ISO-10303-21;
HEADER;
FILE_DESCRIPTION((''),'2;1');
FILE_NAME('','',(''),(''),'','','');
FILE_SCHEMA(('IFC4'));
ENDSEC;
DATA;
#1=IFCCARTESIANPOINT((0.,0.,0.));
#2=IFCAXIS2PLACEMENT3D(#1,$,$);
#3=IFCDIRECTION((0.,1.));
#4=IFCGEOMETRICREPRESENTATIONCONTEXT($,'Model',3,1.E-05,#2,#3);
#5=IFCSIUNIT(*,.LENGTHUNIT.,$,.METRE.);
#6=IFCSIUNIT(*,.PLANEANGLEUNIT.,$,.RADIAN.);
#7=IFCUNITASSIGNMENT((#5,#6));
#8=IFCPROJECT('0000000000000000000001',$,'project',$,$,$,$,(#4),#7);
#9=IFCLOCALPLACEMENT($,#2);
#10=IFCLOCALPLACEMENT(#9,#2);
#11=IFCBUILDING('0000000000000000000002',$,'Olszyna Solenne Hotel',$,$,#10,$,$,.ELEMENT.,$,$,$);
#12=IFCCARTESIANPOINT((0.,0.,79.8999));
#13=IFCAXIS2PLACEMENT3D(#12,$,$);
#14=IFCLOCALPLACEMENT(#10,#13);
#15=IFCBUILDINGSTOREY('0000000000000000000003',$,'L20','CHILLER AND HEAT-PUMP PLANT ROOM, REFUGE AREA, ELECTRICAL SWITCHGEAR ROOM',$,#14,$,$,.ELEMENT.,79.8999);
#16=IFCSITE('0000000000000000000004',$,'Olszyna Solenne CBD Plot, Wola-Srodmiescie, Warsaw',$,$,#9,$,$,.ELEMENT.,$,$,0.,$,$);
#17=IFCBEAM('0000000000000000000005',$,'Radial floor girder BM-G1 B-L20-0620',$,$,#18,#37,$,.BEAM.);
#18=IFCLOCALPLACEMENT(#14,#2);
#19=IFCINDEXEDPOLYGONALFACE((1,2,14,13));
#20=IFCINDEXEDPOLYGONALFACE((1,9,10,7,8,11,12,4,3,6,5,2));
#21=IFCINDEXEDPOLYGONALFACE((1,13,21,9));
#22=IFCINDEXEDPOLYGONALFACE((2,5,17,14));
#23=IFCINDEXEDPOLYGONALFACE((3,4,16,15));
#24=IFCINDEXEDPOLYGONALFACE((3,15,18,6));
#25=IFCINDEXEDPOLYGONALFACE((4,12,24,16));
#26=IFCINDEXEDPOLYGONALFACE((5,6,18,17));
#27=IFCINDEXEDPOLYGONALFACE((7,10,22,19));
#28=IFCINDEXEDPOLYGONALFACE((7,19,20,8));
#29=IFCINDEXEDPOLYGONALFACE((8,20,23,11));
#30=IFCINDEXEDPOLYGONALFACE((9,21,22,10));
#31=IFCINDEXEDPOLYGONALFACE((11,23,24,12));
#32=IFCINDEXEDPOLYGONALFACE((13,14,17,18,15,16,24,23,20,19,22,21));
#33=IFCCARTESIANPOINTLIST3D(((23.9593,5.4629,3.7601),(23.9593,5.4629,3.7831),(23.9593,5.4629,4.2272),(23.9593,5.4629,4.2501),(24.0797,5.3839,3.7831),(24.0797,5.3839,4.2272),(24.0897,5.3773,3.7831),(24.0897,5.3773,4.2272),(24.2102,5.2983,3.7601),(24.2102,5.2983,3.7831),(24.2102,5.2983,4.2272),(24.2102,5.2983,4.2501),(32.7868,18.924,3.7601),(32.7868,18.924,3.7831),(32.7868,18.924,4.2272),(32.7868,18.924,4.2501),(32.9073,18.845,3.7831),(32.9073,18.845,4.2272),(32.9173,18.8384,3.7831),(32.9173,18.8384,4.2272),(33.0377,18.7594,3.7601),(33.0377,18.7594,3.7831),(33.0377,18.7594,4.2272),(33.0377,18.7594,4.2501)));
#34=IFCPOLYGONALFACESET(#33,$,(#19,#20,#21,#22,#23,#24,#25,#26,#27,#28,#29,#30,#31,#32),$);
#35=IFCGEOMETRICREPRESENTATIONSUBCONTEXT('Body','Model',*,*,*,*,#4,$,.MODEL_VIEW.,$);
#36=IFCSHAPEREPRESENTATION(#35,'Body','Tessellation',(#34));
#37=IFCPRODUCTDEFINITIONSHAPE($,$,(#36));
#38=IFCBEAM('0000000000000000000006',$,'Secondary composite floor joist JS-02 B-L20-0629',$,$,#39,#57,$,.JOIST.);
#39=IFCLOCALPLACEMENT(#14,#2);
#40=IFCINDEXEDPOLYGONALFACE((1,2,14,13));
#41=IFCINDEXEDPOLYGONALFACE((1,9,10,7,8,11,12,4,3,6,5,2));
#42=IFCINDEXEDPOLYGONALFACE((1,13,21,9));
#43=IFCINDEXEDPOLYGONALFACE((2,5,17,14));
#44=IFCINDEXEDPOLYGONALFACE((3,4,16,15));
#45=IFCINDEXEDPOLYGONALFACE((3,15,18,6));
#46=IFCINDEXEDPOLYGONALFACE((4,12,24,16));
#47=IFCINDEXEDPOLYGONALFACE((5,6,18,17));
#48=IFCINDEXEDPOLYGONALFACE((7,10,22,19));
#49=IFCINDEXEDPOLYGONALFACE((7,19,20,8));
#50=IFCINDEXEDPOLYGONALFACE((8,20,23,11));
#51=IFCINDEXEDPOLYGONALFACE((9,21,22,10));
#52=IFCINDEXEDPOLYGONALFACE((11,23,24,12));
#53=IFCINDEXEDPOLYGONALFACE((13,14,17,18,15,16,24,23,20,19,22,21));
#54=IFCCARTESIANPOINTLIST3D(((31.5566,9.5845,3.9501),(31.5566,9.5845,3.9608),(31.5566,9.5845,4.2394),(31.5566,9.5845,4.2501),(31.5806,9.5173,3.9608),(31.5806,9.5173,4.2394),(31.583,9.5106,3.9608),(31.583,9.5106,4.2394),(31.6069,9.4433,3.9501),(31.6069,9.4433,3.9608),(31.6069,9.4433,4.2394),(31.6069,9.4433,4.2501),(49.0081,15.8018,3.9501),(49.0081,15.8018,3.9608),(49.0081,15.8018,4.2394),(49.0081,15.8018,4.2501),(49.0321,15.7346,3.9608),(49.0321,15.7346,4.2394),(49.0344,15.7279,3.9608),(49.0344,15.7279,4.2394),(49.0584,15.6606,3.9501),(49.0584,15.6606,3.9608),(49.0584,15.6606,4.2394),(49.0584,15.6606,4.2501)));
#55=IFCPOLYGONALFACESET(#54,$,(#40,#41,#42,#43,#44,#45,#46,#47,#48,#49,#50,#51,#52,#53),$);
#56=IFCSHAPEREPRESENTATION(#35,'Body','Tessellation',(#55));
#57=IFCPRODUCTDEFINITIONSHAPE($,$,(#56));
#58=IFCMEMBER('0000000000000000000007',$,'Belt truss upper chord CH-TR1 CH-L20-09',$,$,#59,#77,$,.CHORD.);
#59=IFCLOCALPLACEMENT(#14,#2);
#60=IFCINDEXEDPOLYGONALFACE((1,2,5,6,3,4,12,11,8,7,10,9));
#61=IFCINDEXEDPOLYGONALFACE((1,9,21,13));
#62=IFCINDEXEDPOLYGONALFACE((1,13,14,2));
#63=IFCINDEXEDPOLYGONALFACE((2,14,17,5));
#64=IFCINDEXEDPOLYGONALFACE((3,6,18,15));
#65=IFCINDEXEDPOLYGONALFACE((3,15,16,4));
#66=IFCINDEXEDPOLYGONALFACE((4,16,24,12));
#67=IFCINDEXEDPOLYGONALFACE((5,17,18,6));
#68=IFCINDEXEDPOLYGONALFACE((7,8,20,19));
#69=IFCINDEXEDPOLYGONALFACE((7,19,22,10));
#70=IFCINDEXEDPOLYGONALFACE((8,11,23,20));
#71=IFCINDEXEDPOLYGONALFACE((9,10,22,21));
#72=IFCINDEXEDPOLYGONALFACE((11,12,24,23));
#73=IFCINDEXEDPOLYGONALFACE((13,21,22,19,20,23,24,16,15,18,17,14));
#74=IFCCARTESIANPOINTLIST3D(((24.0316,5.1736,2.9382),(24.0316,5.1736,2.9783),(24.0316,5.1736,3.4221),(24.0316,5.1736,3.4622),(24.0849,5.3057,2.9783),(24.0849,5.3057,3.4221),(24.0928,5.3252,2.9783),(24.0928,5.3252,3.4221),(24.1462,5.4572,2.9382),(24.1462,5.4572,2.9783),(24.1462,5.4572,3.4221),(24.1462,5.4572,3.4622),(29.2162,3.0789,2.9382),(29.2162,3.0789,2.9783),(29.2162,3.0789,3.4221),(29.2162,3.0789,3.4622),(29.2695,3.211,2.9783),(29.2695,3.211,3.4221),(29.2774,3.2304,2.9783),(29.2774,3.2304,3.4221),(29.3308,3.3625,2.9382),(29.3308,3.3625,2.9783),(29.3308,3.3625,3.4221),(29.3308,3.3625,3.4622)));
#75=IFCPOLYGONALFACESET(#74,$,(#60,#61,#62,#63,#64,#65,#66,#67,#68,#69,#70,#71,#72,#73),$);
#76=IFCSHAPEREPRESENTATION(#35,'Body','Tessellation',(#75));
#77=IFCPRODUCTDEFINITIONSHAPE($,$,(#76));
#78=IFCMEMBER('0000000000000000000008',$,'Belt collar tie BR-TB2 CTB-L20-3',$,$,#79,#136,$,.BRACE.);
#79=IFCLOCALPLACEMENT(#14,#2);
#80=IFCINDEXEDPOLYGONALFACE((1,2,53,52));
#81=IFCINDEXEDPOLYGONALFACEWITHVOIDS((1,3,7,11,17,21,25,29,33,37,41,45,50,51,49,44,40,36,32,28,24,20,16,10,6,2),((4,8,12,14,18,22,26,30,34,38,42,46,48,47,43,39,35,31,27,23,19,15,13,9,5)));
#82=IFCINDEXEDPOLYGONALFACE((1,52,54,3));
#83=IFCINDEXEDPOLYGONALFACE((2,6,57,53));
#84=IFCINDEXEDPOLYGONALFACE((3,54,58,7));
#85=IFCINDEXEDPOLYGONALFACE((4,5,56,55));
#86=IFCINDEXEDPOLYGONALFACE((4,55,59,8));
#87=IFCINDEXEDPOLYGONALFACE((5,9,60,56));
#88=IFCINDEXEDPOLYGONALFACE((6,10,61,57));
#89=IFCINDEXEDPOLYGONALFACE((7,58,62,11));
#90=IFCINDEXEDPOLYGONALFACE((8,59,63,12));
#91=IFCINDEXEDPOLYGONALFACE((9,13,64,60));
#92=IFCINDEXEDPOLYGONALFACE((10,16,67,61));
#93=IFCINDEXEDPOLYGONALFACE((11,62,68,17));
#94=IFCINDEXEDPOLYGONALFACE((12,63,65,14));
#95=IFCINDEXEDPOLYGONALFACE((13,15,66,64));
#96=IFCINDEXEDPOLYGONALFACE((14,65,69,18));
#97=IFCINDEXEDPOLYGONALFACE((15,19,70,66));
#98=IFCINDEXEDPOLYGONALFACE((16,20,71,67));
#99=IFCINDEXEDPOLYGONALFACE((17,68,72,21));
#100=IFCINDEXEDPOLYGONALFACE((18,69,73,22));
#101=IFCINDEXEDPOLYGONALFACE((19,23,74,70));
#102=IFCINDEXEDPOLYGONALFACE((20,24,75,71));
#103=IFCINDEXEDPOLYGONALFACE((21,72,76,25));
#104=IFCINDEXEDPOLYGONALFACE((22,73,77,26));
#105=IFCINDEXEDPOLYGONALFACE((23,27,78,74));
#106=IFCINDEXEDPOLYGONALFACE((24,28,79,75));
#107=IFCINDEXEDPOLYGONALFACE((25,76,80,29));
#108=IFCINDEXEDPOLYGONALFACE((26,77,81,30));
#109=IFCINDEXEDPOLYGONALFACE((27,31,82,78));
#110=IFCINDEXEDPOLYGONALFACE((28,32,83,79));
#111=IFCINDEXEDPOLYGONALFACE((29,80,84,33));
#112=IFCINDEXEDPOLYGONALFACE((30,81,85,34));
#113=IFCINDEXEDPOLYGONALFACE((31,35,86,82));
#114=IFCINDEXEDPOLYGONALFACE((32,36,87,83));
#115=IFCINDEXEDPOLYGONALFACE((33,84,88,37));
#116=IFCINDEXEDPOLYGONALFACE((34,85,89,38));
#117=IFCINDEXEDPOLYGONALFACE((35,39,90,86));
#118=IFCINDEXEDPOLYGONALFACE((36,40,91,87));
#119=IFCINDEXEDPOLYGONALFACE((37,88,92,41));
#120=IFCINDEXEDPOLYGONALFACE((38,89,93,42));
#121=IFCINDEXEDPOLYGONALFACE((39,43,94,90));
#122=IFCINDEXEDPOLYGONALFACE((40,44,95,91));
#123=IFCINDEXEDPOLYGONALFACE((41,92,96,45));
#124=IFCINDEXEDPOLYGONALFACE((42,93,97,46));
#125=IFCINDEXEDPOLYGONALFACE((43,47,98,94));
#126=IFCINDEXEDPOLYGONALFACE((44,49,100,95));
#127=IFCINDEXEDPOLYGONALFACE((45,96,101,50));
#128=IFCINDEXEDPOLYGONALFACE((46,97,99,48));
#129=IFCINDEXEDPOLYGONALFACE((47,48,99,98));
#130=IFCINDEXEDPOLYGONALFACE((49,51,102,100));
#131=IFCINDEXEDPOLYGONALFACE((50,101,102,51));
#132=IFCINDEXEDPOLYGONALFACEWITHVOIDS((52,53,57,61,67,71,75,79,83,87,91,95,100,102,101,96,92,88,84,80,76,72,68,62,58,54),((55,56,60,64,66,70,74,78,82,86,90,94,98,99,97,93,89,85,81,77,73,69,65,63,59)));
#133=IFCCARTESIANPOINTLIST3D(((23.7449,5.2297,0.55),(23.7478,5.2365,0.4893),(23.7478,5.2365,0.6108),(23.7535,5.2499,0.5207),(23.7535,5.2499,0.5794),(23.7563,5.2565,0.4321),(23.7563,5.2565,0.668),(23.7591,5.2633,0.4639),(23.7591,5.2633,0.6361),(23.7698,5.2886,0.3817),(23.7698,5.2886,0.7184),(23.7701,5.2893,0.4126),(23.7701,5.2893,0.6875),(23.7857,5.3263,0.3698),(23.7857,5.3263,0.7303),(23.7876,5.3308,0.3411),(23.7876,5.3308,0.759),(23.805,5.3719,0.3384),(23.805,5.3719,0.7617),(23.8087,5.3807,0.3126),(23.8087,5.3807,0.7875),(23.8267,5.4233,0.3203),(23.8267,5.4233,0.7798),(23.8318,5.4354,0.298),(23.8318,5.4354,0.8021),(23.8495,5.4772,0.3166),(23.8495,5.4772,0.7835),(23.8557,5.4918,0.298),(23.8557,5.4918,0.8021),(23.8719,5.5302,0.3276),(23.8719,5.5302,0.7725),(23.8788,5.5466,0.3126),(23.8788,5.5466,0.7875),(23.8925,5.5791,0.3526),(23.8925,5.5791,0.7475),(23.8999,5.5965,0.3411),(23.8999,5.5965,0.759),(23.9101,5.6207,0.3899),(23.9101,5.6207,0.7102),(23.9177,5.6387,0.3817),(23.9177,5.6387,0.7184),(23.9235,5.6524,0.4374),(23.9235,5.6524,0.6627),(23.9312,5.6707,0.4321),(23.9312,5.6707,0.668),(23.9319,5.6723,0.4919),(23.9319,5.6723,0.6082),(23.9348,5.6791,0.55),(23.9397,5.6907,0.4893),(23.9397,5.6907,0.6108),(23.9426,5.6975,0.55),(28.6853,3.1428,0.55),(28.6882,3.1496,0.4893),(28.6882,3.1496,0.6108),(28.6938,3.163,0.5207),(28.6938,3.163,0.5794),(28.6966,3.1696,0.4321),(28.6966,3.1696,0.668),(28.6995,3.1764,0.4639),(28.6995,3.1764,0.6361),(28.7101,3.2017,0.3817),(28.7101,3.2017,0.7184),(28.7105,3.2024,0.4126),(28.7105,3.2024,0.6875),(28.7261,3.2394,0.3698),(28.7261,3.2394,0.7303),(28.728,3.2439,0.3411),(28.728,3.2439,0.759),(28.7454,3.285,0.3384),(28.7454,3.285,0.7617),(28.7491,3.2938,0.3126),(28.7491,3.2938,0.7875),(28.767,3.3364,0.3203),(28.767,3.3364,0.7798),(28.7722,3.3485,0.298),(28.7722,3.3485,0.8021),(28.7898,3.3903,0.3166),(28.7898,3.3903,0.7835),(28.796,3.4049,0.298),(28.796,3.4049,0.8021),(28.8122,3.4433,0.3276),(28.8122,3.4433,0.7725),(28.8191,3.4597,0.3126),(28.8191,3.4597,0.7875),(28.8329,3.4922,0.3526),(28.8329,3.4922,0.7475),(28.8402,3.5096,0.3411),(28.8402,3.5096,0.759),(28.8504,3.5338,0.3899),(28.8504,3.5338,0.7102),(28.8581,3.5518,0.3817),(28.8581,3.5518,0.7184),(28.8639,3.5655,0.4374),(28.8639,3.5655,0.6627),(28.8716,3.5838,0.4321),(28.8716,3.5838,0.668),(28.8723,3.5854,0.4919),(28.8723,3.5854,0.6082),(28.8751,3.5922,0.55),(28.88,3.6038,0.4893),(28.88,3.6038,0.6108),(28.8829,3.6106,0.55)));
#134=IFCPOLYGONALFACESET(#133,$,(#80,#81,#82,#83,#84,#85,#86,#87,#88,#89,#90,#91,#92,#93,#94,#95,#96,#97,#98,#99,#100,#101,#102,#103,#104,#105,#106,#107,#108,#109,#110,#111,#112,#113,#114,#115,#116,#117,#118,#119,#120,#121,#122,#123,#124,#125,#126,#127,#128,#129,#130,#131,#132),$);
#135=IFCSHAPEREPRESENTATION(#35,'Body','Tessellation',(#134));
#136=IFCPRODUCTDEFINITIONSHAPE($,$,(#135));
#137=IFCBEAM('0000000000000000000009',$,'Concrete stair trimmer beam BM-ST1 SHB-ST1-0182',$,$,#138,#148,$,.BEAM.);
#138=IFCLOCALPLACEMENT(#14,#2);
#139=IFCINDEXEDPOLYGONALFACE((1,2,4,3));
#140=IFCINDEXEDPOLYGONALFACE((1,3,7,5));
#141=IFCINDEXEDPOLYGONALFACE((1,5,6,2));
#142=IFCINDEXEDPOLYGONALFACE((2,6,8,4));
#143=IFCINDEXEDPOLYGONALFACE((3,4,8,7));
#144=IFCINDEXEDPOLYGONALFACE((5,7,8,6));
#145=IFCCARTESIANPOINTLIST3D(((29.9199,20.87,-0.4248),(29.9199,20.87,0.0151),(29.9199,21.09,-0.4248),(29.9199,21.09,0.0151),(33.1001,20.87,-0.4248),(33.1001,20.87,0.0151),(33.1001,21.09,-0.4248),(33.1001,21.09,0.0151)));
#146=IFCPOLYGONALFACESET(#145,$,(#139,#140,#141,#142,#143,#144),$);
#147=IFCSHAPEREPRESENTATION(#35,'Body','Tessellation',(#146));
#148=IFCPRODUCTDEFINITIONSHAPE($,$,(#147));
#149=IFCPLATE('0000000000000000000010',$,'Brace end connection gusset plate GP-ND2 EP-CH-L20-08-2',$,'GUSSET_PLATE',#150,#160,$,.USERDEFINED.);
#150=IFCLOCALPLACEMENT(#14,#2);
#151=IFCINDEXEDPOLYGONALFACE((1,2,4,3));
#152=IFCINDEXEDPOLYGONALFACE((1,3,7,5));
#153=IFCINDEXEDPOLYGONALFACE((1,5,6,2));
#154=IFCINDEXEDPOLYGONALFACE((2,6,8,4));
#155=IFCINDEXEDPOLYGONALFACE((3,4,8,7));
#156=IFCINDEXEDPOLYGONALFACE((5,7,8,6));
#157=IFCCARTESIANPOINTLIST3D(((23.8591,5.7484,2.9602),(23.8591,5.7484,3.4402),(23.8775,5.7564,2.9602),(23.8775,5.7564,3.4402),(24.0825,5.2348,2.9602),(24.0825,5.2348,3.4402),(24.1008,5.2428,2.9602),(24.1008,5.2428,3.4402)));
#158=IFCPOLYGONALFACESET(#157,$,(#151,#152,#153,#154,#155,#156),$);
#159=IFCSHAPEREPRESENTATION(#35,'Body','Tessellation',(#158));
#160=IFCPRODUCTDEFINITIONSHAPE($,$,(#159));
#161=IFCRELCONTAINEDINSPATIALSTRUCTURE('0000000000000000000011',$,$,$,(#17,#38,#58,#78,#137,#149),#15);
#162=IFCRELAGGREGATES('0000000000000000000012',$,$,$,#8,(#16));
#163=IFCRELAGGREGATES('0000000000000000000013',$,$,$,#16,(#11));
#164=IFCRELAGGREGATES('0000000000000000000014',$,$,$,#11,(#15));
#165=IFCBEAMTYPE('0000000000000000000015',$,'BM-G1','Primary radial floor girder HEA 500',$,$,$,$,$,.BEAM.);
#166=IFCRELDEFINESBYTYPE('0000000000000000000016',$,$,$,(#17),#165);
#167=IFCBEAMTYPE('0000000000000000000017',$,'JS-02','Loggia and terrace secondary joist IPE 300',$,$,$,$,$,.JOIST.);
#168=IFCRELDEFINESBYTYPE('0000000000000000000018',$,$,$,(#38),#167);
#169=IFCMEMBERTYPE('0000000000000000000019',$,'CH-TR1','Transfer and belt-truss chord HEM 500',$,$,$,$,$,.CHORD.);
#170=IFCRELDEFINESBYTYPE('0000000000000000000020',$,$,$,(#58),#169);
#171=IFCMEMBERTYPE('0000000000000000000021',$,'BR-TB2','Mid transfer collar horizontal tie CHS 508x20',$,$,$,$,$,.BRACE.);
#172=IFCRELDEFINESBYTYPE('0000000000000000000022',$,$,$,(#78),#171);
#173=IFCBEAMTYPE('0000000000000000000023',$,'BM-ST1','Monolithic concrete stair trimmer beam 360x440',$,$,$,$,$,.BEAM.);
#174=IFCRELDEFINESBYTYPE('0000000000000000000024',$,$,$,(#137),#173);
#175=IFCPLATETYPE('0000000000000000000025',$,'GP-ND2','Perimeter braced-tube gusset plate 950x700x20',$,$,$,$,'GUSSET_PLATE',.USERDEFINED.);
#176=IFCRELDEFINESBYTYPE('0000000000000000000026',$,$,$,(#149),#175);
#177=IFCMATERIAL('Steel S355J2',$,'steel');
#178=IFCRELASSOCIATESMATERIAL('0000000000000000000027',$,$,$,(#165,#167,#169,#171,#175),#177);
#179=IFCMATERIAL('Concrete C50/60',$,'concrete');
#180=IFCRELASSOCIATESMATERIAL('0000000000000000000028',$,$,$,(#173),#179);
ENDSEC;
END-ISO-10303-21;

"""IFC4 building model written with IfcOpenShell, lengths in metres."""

from ifc_helpers import new_model, si_unit, direction, frame, origin, origin_2d, place, context, subcontext, project, spatial, rectangle, hollow_circle, i_section, extrude, source, transform, mapped, material, material_profile, profile_set, type_object, element, save


model = new_model("IFC4")

# Units and contexts
model_context = context("Model", 3, precision=1e-05, world=origin(), true_north=direction((0.0, 1.0)))
body_context = subcontext(model_context, "Body", "Model", "MODEL_VIEW")
ifc_project = project(units=[si_unit("LENGTHUNIT", "METRE"), si_unit("PLANEANGLEUNIT", "RADIAN")], contexts=[model_context])

# Site, building, storey
site_placement = place(None, origin())
site = spatial("IfcSite", under=ifc_project, at=site_placement, Name="Olszyna Solenne CBD Plot, Wola-Srodmiescie, Warsaw", CompositionType="ELEMENT", RefElevation=0.0)
building_placement = place(site_placement, origin())
building = spatial("IfcBuilding", under=site, at=building_placement, Name="Olszyna Solenne Hotel", CompositionType="ELEMENT")
storey_placement = place(building_placement, frame((0.0, 0.0, 79.8999)))
storey = spatial("IfcBuildingStorey", under=building, at=storey_placement, Name="L20", Description="CHILLER AND HEAT-PUMP PLANT ROOM, REFUGE AREA, ELECTRICAL SWITCHGEAR ROOM", CompositionType="ELEMENT", Elevation=79.8999)

# Beams
ifc_material_1 = material(Name="Steel S355J2", Category="steel")
ifc_material_profile_1 = material_profile(ifc_material_1, i_section(OverallWidth=0.3, OverallDepth=0.49, WebThickness=0.012, FlangeThickness=0.0229, at=origin_2d()), Name="HEA 500", Category="load-bearing")
ifc_profile_set_1 = profile_set([ifc_material_profile_1], Name="Steel S355J2")
beam_type_1 = type_object("IfcBeamType", Name="BM-G1", Description="Primary radial floor girder HEA 500", PredefinedType="BEAM", material=ifc_profile_set_1)
shared_shape_1 = source(origin(), body_context, "Body", "SweptSolid", [
    extrude(i_section(OverallWidth=0.3, OverallDepth=0.49, WebThickness=0.012, FlangeThickness=0.0229, at=origin_2d()), origin(), (0.0, 0.0, 1.0), 16.0974),
])
beam_1_placement = place(storey_placement, frame((24.0847, 5.3806, 4.0051), z_axis=(0.548384, 0.836226, 0.0), x_axis=(-0.836226, 0.548384, 0.0)))
element("IfcBeam", 1, at=beam_1_placement, inside=storey, type_object=beam_type_1, Name="Radial floor girder BM-G1 B-L20-0620", PredefinedType="BEAM", context=body_context, shape_type="MappedRepresentation", body=[
    mapped(shared_shape_1, transform((0.0, 0.0, 0.0), x_axis=(1.0, 0.0, 0.0), y_axis=(0.0, 1.0, 0.0), z_axis=(0.0, 0.0, 1.0), scale=1.0)),
])
ifc_material_profile_2 = material_profile(ifc_material_1, i_section(OverallWidth=0.1499, OverallDepth=0.3, WebThickness=0.0071, FlangeThickness=0.0107, at=origin_2d()), Name="IPE 300", Category="load-bearing")
ifc_profile_set_2 = profile_set([ifc_material_profile_2], Name="Steel S355J2")
beam_type_2 = type_object("IfcBeamType", Name="JS-02", Description="Loggia and terrace secondary joist IPE 300", PredefinedType="JOIST", material=ifc_profile_set_2)
shared_shape_2 = source(origin(), body_context, "Body", "SweptSolid", [
    extrude(i_section(OverallWidth=0.1499, OverallDepth=0.3, WebThickness=0.0071, FlangeThickness=0.0107, at=origin_2d()), origin(), (0.0, 0.0, 1.0), 18.5259),
])
beam_2_placement = place(storey_placement, frame((31.5818, 9.5139, 4.1001), z_axis=(0.942004, 0.335601, 0.0), x_axis=(-0.335601, 0.942004, 0.0)))
element("IfcBeam", 2, at=beam_2_placement, inside=storey, type_object=beam_type_2, Name="Secondary composite floor joist JS-02 B-L20-0629", PredefinedType="JOIST", context=body_context, shape_type="MappedRepresentation", body=[
    mapped(shared_shape_2, transform((0.0, 0.0, 0.0), x_axis=(1.0, 0.0, 0.0), y_axis=(0.0, 1.0, 0.0), z_axis=(0.0, 0.0, 1.0), scale=1.0)),
])

# Members
ifc_material_profile_3 = material_profile(ifc_material_1, i_section(OverallWidth=0.3059, OverallDepth=0.5239, WebThickness=0.021, FlangeThickness=0.04, at=origin_2d()), Name="HEM 500", Category="load-bearing")
ifc_profile_set_3 = profile_set([ifc_material_profile_3], Name="Steel S355J2")
member_type_1 = type_object("IfcMemberType", Name="CH-TR1", Description="Transfer and belt-truss chord HEM 500", PredefinedType="CHORD", material=ifc_profile_set_3)
shared_shape_3 = source(origin(), body_context, "Body", "SweptSolid", [
    extrude(i_section(OverallWidth=0.3059, OverallDepth=0.5239, WebThickness=0.021, FlangeThickness=0.04, at=origin_2d()), origin(), (0.0, 0.0, 1.0), 5.5918),
])
member_1_placement = place(storey_placement, frame((24.0889, 5.3154, 3.2002), z_axis=(0.927182, -0.37461, 0.0), x_axis=(0.37461, 0.927182, 0.0)))
element("IfcMember", 3, at=member_1_placement, inside=storey, type_object=member_type_1, Name="Belt truss upper chord CH-TR1 CH-L20-09", PredefinedType="CHORD", context=body_context, shape_type="MappedRepresentation", body=[
    mapped(shared_shape_3, transform((0.0, 0.0, 0.0), x_axis=(1.0, 0.0, 0.0), y_axis=(0.0, 1.0, 0.0), z_axis=(0.0, 0.0, 1.0), scale=1.0)),
])
ifc_material_profile_4 = material_profile(ifc_material_1, hollow_circle(Radius=0.2539, WallThickness=0.02, at=origin_2d()), Name="CHS 508x20", Category="load-bearing")
ifc_profile_set_4 = profile_set([ifc_material_profile_4], Name="Steel S355J2")
member_type_2 = type_object("IfcMemberType", Name="BR-TB2", Description="Mid transfer collar horizontal tie CHS 508x20", PredefinedType="BRACE", material=ifc_profile_set_4)
shared_shape_4 = source(origin(), body_context, "Body", "SweptSolid", [
    extrude(hollow_circle(Radius=0.2539, WallThickness=0.02, at=origin_2d()), origin(), (0.0, 0.0, 1.0), 5.363),
])
member_2_placement = place(storey_placement, frame((23.8438, 5.4636, 0.55), z_axis=(0.921186, -0.389123, 0.0), x_axis=(0.389123, 0.921186, 0.0)))
element("IfcMember", 4, at=member_2_placement, inside=storey, type_object=member_type_2, Name="Belt collar tie BR-TB2 CTB-L20-3", PredefinedType="BRACE", context=body_context, shape_type="MappedRepresentation", body=[
    mapped(shared_shape_4, transform((0.0, 0.0, 0.0), x_axis=(1.0, 0.0, 0.0), y_axis=(0.0, 1.0, 0.0), z_axis=(0.0, 0.0, 1.0), scale=1.0)),
])

# Beam
ifc_material_2 = material(Name="Concrete C50/60", Category="concrete")
ifc_material_profile_5 = material_profile(ifc_material_2, rectangle(XDim=0.22, YDim=0.4399, at=origin_2d()), Name="RC 220x440", Category="load-bearing")
ifc_profile_set_5 = profile_set([ifc_material_profile_5], Name="Concrete C50/60")
beam_type_3 = type_object("IfcBeamType", Name="BM-ST1", Description="Monolithic concrete stair trimmer beam 360x440", PredefinedType="BEAM", material=ifc_profile_set_5)
shared_shape_5 = source(origin(), body_context, "Body", "SweptSolid", [
    extrude(rectangle(XDim=0.22, YDim=0.4399, at=origin_2d()), origin(), (0.0, 0.0, 1.0), 3.1802),
])
beam_3_placement = place(storey_placement, frame((33.1001, 20.98, -0.2048), z_axis=(-1.0, 0.0, 0.0), x_axis=(0.0, -1.0, 0.0)))
element("IfcBeam", 5, at=beam_3_placement, inside=storey, type_object=beam_type_3, Name="Concrete stair trimmer beam BM-ST1 SHB-ST1-0182", PredefinedType="BEAM", context=body_context, shape_type="MappedRepresentation", body=[
    mapped(shared_shape_5, transform((0.0, 0.0, 0.0), x_axis=(1.0, 0.0, 0.0), y_axis=(0.0, 1.0, 0.0), z_axis=(0.0, 0.0, 1.0), scale=1.0)),
])

# Plate
plate_type_1 = type_object("IfcPlateType", Name="GP-ND2", Description="Perimeter braced-tube gusset plate 950x700x20", ElementType="GUSSET_PLATE", PredefinedType="USERDEFINED", material=ifc_material_1)
shared_shape_6 = source(origin(), body_context, "Body", "SweptSolid", [
    extrude(rectangle(XDim=0.5601, YDim=0.02, at=origin_2d()), origin(), (0.0, 0.0, 1.0), 0.48),
])
plate_1_placement = place(storey_placement, frame((23.98, 5.4956, 2.9602), z_axis=(0.0, 0.0, 1.0), x_axis=(0.398749, -0.91706, 0.0)))
element("IfcPlate", 6, at=plate_1_placement, inside=storey, type_object=plate_type_1, Name="Brace end connection gusset plate GP-ND2 EP-CH-L20-08-2", ObjectType="GUSSET_PLATE", PredefinedType="USERDEFINED", context=body_context, shape_type="MappedRepresentation", body=[
    mapped(shared_shape_6, transform((0.0, 0.0, 0.0), x_axis=(1.0, 0.0, 0.0), y_axis=(0.0, 1.0, 0.0), z_axis=(0.0, 0.0, 1.0), scale=1.0)),
])

save(model, "model.ifc")
